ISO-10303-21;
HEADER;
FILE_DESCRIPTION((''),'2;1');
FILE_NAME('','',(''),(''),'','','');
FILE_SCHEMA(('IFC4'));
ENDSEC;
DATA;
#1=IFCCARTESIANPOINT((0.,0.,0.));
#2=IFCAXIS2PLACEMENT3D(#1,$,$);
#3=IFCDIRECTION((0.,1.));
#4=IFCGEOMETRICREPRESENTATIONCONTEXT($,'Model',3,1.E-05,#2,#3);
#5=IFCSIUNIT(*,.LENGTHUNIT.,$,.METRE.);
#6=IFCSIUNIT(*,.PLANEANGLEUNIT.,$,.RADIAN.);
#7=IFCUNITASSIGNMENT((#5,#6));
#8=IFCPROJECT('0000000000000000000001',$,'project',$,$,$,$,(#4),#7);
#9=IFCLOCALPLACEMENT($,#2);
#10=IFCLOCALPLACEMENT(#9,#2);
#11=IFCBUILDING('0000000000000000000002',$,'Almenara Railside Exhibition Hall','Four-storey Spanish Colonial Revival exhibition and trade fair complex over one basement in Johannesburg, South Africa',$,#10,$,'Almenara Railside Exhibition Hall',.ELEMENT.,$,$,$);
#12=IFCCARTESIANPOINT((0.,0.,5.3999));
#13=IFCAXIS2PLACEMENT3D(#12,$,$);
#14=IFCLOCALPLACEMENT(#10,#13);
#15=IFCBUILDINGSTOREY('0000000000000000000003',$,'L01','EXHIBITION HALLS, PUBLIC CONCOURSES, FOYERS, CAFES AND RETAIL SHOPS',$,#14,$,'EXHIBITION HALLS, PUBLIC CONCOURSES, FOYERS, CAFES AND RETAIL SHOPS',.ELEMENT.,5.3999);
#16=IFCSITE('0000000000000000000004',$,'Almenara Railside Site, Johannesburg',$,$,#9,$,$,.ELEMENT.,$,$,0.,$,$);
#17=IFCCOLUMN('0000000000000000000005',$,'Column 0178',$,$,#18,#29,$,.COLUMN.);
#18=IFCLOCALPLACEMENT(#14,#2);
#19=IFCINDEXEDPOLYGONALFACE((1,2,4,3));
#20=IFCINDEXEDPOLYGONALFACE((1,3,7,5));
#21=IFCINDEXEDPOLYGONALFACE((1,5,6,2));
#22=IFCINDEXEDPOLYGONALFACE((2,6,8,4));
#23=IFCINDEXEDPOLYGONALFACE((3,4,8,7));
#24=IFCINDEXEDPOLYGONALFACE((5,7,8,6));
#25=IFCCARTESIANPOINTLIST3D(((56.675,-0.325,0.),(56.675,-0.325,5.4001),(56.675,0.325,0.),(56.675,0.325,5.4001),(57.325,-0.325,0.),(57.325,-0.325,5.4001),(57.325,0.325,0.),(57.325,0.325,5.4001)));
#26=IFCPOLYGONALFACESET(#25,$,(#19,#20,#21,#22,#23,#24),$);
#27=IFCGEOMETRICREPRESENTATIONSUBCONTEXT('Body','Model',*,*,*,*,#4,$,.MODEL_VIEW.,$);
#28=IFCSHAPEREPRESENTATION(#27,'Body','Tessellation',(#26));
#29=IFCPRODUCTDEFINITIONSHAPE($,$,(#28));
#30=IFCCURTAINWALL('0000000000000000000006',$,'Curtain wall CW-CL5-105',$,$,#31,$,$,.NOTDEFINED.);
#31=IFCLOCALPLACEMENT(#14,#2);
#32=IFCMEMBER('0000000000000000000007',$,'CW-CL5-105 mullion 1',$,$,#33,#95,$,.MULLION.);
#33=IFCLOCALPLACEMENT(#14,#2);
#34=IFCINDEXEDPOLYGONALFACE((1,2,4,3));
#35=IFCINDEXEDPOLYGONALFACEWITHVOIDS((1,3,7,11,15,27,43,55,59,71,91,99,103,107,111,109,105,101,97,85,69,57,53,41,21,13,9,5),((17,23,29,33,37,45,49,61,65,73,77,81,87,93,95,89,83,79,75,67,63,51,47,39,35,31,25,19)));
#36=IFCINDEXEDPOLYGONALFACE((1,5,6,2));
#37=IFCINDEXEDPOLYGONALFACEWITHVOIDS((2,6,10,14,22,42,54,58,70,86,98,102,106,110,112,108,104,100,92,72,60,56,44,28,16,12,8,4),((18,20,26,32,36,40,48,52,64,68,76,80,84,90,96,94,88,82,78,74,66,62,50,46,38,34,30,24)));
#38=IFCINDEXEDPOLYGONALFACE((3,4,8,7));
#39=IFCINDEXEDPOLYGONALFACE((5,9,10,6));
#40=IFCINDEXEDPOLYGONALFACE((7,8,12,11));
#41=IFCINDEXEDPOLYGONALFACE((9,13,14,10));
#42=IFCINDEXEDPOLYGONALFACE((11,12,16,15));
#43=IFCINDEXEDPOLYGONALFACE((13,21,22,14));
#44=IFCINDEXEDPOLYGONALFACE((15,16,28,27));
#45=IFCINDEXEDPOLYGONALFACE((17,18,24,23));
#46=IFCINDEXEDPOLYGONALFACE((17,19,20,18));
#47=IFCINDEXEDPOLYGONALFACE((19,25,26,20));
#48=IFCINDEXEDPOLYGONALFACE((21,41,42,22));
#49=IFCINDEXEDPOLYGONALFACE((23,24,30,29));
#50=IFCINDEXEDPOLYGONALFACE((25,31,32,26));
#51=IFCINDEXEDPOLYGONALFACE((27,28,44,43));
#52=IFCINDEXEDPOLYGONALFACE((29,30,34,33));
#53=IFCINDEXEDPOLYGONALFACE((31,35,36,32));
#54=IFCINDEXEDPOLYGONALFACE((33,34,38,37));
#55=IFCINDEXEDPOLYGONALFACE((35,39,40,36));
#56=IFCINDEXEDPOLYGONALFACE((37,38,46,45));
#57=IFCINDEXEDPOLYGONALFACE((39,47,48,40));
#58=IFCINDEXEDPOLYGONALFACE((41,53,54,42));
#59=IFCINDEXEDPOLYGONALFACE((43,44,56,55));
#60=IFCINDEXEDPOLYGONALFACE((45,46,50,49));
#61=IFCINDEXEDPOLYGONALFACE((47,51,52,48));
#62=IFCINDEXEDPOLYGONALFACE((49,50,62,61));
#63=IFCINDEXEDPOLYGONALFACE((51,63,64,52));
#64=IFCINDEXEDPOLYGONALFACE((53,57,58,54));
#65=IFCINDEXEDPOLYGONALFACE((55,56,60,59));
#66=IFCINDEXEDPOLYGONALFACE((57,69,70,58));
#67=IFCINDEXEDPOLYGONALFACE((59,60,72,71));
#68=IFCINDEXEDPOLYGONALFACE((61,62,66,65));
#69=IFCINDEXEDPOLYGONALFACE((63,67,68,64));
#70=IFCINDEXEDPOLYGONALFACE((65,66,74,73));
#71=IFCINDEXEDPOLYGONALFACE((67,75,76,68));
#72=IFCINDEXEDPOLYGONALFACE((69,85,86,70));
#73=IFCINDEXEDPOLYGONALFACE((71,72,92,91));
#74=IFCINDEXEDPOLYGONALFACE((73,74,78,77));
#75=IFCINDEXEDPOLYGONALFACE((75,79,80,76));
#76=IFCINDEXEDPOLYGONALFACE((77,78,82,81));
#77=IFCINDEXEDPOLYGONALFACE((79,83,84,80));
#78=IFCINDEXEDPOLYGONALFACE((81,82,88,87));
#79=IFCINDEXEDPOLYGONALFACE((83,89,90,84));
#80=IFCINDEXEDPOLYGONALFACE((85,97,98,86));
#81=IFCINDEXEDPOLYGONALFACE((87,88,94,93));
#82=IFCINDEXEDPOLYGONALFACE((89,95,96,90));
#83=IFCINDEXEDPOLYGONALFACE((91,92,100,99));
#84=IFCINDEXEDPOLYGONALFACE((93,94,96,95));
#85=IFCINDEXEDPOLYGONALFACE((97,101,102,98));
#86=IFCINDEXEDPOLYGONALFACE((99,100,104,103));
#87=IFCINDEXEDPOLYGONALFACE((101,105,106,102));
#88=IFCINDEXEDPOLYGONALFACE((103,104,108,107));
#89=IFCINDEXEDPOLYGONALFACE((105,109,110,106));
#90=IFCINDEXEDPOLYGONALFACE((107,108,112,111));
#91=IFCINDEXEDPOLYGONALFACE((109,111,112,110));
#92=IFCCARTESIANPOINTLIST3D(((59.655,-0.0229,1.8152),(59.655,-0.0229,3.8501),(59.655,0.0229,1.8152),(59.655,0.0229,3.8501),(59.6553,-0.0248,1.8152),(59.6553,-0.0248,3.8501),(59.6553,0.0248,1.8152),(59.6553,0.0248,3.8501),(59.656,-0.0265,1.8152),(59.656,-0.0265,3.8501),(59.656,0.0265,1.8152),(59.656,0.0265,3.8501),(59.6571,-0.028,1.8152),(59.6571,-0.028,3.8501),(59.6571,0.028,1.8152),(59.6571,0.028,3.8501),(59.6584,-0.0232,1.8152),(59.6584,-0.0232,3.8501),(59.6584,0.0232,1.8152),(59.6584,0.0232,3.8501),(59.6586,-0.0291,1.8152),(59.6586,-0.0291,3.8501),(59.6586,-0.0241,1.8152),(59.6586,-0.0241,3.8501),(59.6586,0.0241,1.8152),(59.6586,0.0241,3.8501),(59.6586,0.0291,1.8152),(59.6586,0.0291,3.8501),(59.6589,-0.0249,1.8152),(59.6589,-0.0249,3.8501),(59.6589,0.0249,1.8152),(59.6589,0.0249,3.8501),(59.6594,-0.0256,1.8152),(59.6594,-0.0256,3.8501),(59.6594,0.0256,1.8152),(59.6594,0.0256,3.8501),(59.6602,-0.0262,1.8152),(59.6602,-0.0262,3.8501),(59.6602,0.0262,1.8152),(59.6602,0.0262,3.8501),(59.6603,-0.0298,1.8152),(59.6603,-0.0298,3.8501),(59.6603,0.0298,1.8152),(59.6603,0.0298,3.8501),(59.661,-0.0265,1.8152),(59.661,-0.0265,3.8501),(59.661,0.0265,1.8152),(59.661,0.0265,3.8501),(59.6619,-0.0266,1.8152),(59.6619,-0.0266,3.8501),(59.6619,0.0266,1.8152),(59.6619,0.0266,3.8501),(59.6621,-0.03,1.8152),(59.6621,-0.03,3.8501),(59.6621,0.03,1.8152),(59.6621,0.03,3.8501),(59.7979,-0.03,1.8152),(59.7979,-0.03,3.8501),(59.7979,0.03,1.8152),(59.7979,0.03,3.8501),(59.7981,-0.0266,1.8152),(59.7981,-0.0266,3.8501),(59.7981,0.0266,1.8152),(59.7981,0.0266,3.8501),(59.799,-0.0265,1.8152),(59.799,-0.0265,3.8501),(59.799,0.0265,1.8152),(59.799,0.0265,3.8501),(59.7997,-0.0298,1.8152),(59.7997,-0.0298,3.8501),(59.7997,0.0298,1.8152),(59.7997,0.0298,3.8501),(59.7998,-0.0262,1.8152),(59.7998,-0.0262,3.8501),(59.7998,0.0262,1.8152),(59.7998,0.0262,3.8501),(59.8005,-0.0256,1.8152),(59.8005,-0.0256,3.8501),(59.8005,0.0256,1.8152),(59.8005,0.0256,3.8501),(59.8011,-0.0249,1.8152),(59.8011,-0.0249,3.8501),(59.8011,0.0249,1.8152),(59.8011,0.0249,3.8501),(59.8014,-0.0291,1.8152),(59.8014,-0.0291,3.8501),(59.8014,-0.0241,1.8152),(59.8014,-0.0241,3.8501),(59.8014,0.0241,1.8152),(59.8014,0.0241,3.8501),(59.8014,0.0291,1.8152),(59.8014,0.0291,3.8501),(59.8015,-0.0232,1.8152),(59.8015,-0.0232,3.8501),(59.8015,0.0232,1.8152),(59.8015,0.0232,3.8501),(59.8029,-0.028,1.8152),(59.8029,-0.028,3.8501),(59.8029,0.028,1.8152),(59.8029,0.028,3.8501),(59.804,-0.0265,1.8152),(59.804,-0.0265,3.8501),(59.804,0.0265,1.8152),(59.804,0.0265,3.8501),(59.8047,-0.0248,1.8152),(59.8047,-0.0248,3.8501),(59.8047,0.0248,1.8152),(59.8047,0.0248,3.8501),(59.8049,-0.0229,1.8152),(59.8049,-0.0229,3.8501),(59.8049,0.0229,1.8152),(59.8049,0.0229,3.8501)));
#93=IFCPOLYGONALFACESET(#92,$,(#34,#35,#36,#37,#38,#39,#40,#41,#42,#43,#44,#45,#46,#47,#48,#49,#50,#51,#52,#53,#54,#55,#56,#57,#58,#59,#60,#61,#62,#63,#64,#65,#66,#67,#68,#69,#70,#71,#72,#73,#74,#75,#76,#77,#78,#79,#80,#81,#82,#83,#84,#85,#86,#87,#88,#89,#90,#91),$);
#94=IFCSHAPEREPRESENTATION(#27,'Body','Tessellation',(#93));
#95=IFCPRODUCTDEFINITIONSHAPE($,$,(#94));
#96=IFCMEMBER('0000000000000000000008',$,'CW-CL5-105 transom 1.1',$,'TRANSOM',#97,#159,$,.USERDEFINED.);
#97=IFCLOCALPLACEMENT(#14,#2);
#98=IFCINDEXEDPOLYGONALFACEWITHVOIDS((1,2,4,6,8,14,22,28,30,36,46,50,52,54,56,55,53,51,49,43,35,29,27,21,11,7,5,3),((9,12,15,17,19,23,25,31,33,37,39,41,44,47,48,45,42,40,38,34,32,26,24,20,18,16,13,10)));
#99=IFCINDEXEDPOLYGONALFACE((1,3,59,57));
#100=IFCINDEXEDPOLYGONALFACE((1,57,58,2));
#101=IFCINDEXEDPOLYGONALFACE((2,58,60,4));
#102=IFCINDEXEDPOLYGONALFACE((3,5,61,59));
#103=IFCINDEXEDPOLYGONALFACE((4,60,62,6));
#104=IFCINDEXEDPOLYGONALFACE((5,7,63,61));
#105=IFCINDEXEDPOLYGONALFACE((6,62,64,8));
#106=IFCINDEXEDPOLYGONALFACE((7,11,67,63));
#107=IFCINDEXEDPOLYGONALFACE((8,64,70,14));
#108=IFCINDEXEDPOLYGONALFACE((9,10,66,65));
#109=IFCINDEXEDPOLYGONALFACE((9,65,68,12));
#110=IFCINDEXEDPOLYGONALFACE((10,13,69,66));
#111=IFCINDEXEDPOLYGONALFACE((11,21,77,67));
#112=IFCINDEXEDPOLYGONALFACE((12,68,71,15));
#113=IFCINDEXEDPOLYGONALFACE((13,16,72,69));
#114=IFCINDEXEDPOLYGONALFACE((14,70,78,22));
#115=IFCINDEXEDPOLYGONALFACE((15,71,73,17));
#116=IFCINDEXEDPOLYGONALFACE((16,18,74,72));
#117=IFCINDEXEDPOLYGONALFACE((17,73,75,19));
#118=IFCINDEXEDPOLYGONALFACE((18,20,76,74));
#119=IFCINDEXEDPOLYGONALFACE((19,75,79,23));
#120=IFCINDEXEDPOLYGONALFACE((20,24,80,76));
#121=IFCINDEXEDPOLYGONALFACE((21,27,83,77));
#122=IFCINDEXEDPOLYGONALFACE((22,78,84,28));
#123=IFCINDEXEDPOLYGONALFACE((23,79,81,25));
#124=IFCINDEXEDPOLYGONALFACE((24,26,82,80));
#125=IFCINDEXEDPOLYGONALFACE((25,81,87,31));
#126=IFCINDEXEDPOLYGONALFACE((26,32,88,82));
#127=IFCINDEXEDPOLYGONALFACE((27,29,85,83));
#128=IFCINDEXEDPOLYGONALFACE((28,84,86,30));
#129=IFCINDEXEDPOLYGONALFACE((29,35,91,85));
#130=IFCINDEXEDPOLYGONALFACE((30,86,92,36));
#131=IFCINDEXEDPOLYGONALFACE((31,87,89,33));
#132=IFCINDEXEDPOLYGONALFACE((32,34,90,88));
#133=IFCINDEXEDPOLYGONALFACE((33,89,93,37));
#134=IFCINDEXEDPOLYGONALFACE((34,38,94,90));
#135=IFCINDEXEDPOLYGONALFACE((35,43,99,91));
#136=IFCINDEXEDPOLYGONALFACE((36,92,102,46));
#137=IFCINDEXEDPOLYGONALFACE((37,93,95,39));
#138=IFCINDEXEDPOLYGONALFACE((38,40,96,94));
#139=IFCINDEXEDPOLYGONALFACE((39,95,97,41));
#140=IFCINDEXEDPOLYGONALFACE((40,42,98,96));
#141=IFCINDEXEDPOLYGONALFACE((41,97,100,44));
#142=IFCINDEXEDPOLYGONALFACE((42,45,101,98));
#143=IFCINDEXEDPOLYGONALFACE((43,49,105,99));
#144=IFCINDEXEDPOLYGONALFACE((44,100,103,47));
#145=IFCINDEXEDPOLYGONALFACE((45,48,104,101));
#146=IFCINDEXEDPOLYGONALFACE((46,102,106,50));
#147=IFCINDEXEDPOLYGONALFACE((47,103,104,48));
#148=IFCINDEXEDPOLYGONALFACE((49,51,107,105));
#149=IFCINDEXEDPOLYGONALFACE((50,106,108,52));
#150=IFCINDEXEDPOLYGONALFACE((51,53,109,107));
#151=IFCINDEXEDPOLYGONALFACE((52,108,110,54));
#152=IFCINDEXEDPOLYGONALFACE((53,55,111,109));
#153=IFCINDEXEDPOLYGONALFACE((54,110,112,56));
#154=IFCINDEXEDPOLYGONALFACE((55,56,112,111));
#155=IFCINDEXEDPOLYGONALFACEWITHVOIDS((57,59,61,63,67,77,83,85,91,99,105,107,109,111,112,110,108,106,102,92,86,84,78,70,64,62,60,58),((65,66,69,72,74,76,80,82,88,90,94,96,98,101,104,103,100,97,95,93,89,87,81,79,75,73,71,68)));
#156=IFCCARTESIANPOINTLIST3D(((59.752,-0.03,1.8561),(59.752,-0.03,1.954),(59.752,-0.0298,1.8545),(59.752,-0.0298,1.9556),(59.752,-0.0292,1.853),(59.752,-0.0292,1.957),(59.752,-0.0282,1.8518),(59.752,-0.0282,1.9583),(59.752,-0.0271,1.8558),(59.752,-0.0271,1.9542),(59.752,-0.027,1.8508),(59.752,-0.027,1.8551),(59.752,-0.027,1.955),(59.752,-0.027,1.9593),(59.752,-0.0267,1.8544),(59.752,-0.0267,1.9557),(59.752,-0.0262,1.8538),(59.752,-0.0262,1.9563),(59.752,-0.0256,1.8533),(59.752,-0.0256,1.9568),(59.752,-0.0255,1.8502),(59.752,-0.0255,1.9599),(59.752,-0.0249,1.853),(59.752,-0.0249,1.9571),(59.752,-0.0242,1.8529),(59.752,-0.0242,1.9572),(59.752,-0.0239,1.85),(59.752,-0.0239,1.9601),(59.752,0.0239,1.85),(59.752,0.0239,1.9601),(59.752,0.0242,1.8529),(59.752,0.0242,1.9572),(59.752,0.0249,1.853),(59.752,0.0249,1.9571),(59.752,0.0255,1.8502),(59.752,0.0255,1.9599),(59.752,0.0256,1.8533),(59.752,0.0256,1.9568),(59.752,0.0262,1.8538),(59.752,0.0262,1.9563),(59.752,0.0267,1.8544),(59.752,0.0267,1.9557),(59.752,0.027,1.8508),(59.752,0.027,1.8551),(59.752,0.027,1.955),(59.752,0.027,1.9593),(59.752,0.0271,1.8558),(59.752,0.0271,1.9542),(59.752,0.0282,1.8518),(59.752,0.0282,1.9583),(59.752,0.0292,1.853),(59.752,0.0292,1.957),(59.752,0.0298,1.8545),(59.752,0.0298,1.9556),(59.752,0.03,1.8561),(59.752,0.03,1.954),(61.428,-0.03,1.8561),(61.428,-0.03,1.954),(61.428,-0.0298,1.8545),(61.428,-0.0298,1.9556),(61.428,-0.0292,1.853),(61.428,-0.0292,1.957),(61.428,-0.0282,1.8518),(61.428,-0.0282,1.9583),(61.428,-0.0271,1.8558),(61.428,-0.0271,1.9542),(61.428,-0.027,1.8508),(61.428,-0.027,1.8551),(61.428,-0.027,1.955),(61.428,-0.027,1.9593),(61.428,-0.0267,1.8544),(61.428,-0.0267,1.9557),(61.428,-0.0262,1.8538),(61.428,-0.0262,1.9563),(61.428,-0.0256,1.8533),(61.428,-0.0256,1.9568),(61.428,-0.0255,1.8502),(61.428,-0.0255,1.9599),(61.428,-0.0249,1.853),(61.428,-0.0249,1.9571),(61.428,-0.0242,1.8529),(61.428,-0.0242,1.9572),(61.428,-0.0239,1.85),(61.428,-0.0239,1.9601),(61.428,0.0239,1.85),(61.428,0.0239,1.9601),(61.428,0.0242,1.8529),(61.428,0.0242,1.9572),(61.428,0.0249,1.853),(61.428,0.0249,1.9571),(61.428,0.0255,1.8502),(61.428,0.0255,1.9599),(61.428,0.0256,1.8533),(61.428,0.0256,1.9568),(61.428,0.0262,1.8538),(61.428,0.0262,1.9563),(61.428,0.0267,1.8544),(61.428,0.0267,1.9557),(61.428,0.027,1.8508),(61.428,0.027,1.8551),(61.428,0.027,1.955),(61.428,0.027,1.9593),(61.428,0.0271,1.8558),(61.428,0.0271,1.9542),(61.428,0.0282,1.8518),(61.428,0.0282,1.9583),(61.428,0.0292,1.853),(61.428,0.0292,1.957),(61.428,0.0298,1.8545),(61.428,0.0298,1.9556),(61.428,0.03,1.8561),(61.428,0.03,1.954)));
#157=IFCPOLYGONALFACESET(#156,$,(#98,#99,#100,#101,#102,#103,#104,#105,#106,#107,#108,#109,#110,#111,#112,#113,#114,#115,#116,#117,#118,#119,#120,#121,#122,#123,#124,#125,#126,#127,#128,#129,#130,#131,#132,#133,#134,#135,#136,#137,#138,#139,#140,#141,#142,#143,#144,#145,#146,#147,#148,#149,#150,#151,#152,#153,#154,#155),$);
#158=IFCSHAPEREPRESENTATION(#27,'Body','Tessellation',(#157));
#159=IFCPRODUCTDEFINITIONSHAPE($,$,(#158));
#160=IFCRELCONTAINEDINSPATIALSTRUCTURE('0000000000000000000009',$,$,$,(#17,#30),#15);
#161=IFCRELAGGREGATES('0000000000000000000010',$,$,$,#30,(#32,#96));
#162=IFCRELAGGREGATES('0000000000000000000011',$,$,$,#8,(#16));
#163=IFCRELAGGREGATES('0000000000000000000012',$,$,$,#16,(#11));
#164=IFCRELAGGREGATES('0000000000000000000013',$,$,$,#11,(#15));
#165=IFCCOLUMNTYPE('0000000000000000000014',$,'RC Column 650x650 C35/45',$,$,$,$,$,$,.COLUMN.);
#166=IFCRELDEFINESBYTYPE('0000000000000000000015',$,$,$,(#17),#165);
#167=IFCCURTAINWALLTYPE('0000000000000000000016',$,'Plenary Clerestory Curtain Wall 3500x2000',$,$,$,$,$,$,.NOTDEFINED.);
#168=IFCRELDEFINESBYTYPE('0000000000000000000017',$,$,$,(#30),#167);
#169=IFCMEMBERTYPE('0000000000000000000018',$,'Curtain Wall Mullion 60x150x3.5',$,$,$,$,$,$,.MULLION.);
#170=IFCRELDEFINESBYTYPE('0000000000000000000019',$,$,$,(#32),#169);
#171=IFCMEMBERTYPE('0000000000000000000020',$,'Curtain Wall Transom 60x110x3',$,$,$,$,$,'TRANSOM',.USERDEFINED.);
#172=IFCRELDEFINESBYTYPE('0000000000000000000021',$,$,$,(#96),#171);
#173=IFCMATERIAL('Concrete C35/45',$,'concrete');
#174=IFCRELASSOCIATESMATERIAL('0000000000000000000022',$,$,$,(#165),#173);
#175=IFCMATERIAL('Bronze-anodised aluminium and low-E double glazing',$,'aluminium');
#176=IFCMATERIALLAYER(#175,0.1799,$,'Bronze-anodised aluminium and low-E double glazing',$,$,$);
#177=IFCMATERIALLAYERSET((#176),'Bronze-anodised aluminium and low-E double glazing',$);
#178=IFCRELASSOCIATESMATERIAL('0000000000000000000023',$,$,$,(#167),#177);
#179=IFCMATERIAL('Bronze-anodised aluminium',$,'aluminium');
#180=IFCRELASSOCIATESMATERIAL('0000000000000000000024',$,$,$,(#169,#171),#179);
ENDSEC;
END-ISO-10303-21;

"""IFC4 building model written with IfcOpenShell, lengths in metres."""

from ifc_helpers import new_model, si_unit, direction, frame, origin, origin_2d, place, context, subcontext, project, spatial, rectangle, hollow_rectangle, extrude, material, layer, layer_set, material_profile, profile_set, type_object, element, aggregate, save


model = new_model("IFC4")

# Units and contexts
model_context = context("Model", 3, precision=1e-05, world=origin(), true_north=direction((0.0, 1.0)))
body_context = subcontext(model_context, "Body", "Model", "MODEL_VIEW")
ifc_project = project(units=[si_unit("LENGTHUNIT", "METRE"), si_unit("PLANEANGLEUNIT", "RADIAN")], contexts=[model_context])

# Site, building, storey
site_placement = place(None, origin())
site = spatial("IfcSite", under=ifc_project, at=site_placement, Name="Almenara Railside Site, Johannesburg", CompositionType="ELEMENT", RefElevation=0.0)
building_placement = place(site_placement, origin())
building = spatial("IfcBuilding", under=site, at=building_placement, Name="Almenara Railside Exhibition Hall", Description="Four-storey Spanish Colonial Revival exhibition and trade fair complex over one basement in Johannesburg, South Africa", LongName="Almenara Railside Exhibition Hall", CompositionType="ELEMENT")
storey_placement = place(building_placement, frame((0.0, 0.0, 5.3999)))
storey = spatial("IfcBuildingStorey", under=building, at=storey_placement, Name="L01", Description="EXHIBITION HALLS, PUBLIC CONCOURSES, FOYERS, CAFES AND RETAIL SHOPS", LongName="EXHIBITION HALLS, PUBLIC CONCOURSES, FOYERS, CAFES AND RETAIL SHOPS", CompositionType="ELEMENT", Elevation=5.3999)

# Column
ifc_material_1 = material(Name="Concrete C35/45", Category="concrete")
ifc_material_profile_1 = material_profile(ifc_material_1, rectangle(XDim=0.6499, YDim=0.6499, at=origin_2d()), Name="RC 650x650")
ifc_profile_set_1 = profile_set([ifc_material_profile_1], Name="Concrete C35/45")
column_type = type_object("IfcColumnType", Name="RC Column 650x650 C35/45", PredefinedType="COLUMN", material=ifc_profile_set_1)
column_placement = place(storey_placement, frame((57.0, 0.0, 0.0), z_axis=(0.0, 0.0, 1.0), x_axis=(1.0, 0.0, 0.0)))
element("IfcColumn", 1, at=column_placement, inside=storey, type_object=column_type, Name="Column 0178", PredefinedType="COLUMN", context=body_context, shape_type="SweptSolid", body=[
    extrude(rectangle(XDim=0.6499, YDim=0.6499, at=origin_2d()), origin(), (0.0, 0.0, 1.0), 5.4001),
])

# Curtain wall, members
ifc_material_2 = material(Name="Bronze-anodised aluminium and low-E double glazing", Category="aluminium")
ifc_layer_1 = layer(ifc_material_2, 0.1799, Name="Bronze-anodised aluminium and low-E double glazing")
ifc_layer_set_1 = layer_set([ifc_layer_1], Name="Bronze-anodised aluminium and low-E double glazing")
curtain_wall_type = type_object("IfcCurtainWallType", Name="Plenary Clerestory Curtain Wall 3500x2000", PredefinedType="NOTDEFINED", material=ifc_layer_set_1)
curtain_wall_placement = place(storey_placement, origin())
curtain_wall = element("IfcCurtainWall", 2, at=curtain_wall_placement, inside=storey, type_object=curtain_wall_type, Name="Curtain wall CW-CL5-105", PredefinedType="NOTDEFINED")
ifc_material_3 = material(Name="Bronze-anodised aluminium", Category="aluminium")
ifc_material_profile_2 = material_profile(ifc_material_3, hollow_rectangle(XDim=0.0601, YDim=0.1499, WallThickness=0.0034, InnerFilletRadius=0.0034, OuterFilletRadius=0.0071, at=origin_2d()), Name="ALU-MUL 60x150x3.5")
ifc_profile_set_2 = profile_set([ifc_material_profile_2], Name="Bronze-anodised aluminium")
member_type_1 = type_object("IfcMemberType", Name="Curtain Wall Mullion 60x150x3.5", PredefinedType="MULLION", material=ifc_profile_set_2)
member_1_placement = place(storey_placement, frame((59.73, 0.0, 1.8152), z_axis=(0.0, 0.0, 1.0), x_axis=(0.0, 1.0, 0.0)))
member_1 = element("IfcMember", 3, at=member_1_placement, type_object=member_type_1, Name="CW-CL5-105 mullion 1", PredefinedType="MULLION", context=body_context, shape_type="SweptSolid", body=[
    extrude(hollow_rectangle(XDim=0.0601, YDim=0.1499, WallThickness=0.0034, InnerFilletRadius=0.0034, OuterFilletRadius=0.0071, at=origin_2d()), origin(), (0.0, 0.0, 1.0), 2.0349),
])
ifc_material_profile_3 = material_profile(ifc_material_3, hollow_rectangle(XDim=0.0601, YDim=0.1101, WallThickness=0.0029, InnerFilletRadius=0.0029, OuterFilletRadius=0.0061, at=origin_2d()), Name="ALU-TRN 60x110x3")
ifc_profile_set_3 = profile_set([ifc_material_profile_3], Name="Bronze-anodised aluminium")
member_type_2 = type_object("IfcMemberType", Name="Curtain Wall Transom 60x110x3", ElementType="TRANSOM", PredefinedType="USERDEFINED", material=ifc_profile_set_3)
member_2_placement = place(storey_placement, frame((59.752, 0.0, 1.905), z_axis=(1.0, 0.0, 0.0), x_axis=(0.0, 1.0, 0.0)))
member_2 = element("IfcMember", 4, at=member_2_placement, type_object=member_type_2, Name="CW-CL5-105 transom 1.1", ObjectType="TRANSOM", PredefinedType="USERDEFINED", context=body_context, shape_type="SweptSolid", body=[
    extrude(hollow_rectangle(XDim=0.0601, YDim=0.1101, WallThickness=0.0029, InnerFilletRadius=0.0029, OuterFilletRadius=0.0061, at=origin_2d()), origin(), (0.0, 0.0, 1.0), 1.676),
])

aggregate(curtain_wall, [member_1, member_2])

save(model, "model.ifc")
